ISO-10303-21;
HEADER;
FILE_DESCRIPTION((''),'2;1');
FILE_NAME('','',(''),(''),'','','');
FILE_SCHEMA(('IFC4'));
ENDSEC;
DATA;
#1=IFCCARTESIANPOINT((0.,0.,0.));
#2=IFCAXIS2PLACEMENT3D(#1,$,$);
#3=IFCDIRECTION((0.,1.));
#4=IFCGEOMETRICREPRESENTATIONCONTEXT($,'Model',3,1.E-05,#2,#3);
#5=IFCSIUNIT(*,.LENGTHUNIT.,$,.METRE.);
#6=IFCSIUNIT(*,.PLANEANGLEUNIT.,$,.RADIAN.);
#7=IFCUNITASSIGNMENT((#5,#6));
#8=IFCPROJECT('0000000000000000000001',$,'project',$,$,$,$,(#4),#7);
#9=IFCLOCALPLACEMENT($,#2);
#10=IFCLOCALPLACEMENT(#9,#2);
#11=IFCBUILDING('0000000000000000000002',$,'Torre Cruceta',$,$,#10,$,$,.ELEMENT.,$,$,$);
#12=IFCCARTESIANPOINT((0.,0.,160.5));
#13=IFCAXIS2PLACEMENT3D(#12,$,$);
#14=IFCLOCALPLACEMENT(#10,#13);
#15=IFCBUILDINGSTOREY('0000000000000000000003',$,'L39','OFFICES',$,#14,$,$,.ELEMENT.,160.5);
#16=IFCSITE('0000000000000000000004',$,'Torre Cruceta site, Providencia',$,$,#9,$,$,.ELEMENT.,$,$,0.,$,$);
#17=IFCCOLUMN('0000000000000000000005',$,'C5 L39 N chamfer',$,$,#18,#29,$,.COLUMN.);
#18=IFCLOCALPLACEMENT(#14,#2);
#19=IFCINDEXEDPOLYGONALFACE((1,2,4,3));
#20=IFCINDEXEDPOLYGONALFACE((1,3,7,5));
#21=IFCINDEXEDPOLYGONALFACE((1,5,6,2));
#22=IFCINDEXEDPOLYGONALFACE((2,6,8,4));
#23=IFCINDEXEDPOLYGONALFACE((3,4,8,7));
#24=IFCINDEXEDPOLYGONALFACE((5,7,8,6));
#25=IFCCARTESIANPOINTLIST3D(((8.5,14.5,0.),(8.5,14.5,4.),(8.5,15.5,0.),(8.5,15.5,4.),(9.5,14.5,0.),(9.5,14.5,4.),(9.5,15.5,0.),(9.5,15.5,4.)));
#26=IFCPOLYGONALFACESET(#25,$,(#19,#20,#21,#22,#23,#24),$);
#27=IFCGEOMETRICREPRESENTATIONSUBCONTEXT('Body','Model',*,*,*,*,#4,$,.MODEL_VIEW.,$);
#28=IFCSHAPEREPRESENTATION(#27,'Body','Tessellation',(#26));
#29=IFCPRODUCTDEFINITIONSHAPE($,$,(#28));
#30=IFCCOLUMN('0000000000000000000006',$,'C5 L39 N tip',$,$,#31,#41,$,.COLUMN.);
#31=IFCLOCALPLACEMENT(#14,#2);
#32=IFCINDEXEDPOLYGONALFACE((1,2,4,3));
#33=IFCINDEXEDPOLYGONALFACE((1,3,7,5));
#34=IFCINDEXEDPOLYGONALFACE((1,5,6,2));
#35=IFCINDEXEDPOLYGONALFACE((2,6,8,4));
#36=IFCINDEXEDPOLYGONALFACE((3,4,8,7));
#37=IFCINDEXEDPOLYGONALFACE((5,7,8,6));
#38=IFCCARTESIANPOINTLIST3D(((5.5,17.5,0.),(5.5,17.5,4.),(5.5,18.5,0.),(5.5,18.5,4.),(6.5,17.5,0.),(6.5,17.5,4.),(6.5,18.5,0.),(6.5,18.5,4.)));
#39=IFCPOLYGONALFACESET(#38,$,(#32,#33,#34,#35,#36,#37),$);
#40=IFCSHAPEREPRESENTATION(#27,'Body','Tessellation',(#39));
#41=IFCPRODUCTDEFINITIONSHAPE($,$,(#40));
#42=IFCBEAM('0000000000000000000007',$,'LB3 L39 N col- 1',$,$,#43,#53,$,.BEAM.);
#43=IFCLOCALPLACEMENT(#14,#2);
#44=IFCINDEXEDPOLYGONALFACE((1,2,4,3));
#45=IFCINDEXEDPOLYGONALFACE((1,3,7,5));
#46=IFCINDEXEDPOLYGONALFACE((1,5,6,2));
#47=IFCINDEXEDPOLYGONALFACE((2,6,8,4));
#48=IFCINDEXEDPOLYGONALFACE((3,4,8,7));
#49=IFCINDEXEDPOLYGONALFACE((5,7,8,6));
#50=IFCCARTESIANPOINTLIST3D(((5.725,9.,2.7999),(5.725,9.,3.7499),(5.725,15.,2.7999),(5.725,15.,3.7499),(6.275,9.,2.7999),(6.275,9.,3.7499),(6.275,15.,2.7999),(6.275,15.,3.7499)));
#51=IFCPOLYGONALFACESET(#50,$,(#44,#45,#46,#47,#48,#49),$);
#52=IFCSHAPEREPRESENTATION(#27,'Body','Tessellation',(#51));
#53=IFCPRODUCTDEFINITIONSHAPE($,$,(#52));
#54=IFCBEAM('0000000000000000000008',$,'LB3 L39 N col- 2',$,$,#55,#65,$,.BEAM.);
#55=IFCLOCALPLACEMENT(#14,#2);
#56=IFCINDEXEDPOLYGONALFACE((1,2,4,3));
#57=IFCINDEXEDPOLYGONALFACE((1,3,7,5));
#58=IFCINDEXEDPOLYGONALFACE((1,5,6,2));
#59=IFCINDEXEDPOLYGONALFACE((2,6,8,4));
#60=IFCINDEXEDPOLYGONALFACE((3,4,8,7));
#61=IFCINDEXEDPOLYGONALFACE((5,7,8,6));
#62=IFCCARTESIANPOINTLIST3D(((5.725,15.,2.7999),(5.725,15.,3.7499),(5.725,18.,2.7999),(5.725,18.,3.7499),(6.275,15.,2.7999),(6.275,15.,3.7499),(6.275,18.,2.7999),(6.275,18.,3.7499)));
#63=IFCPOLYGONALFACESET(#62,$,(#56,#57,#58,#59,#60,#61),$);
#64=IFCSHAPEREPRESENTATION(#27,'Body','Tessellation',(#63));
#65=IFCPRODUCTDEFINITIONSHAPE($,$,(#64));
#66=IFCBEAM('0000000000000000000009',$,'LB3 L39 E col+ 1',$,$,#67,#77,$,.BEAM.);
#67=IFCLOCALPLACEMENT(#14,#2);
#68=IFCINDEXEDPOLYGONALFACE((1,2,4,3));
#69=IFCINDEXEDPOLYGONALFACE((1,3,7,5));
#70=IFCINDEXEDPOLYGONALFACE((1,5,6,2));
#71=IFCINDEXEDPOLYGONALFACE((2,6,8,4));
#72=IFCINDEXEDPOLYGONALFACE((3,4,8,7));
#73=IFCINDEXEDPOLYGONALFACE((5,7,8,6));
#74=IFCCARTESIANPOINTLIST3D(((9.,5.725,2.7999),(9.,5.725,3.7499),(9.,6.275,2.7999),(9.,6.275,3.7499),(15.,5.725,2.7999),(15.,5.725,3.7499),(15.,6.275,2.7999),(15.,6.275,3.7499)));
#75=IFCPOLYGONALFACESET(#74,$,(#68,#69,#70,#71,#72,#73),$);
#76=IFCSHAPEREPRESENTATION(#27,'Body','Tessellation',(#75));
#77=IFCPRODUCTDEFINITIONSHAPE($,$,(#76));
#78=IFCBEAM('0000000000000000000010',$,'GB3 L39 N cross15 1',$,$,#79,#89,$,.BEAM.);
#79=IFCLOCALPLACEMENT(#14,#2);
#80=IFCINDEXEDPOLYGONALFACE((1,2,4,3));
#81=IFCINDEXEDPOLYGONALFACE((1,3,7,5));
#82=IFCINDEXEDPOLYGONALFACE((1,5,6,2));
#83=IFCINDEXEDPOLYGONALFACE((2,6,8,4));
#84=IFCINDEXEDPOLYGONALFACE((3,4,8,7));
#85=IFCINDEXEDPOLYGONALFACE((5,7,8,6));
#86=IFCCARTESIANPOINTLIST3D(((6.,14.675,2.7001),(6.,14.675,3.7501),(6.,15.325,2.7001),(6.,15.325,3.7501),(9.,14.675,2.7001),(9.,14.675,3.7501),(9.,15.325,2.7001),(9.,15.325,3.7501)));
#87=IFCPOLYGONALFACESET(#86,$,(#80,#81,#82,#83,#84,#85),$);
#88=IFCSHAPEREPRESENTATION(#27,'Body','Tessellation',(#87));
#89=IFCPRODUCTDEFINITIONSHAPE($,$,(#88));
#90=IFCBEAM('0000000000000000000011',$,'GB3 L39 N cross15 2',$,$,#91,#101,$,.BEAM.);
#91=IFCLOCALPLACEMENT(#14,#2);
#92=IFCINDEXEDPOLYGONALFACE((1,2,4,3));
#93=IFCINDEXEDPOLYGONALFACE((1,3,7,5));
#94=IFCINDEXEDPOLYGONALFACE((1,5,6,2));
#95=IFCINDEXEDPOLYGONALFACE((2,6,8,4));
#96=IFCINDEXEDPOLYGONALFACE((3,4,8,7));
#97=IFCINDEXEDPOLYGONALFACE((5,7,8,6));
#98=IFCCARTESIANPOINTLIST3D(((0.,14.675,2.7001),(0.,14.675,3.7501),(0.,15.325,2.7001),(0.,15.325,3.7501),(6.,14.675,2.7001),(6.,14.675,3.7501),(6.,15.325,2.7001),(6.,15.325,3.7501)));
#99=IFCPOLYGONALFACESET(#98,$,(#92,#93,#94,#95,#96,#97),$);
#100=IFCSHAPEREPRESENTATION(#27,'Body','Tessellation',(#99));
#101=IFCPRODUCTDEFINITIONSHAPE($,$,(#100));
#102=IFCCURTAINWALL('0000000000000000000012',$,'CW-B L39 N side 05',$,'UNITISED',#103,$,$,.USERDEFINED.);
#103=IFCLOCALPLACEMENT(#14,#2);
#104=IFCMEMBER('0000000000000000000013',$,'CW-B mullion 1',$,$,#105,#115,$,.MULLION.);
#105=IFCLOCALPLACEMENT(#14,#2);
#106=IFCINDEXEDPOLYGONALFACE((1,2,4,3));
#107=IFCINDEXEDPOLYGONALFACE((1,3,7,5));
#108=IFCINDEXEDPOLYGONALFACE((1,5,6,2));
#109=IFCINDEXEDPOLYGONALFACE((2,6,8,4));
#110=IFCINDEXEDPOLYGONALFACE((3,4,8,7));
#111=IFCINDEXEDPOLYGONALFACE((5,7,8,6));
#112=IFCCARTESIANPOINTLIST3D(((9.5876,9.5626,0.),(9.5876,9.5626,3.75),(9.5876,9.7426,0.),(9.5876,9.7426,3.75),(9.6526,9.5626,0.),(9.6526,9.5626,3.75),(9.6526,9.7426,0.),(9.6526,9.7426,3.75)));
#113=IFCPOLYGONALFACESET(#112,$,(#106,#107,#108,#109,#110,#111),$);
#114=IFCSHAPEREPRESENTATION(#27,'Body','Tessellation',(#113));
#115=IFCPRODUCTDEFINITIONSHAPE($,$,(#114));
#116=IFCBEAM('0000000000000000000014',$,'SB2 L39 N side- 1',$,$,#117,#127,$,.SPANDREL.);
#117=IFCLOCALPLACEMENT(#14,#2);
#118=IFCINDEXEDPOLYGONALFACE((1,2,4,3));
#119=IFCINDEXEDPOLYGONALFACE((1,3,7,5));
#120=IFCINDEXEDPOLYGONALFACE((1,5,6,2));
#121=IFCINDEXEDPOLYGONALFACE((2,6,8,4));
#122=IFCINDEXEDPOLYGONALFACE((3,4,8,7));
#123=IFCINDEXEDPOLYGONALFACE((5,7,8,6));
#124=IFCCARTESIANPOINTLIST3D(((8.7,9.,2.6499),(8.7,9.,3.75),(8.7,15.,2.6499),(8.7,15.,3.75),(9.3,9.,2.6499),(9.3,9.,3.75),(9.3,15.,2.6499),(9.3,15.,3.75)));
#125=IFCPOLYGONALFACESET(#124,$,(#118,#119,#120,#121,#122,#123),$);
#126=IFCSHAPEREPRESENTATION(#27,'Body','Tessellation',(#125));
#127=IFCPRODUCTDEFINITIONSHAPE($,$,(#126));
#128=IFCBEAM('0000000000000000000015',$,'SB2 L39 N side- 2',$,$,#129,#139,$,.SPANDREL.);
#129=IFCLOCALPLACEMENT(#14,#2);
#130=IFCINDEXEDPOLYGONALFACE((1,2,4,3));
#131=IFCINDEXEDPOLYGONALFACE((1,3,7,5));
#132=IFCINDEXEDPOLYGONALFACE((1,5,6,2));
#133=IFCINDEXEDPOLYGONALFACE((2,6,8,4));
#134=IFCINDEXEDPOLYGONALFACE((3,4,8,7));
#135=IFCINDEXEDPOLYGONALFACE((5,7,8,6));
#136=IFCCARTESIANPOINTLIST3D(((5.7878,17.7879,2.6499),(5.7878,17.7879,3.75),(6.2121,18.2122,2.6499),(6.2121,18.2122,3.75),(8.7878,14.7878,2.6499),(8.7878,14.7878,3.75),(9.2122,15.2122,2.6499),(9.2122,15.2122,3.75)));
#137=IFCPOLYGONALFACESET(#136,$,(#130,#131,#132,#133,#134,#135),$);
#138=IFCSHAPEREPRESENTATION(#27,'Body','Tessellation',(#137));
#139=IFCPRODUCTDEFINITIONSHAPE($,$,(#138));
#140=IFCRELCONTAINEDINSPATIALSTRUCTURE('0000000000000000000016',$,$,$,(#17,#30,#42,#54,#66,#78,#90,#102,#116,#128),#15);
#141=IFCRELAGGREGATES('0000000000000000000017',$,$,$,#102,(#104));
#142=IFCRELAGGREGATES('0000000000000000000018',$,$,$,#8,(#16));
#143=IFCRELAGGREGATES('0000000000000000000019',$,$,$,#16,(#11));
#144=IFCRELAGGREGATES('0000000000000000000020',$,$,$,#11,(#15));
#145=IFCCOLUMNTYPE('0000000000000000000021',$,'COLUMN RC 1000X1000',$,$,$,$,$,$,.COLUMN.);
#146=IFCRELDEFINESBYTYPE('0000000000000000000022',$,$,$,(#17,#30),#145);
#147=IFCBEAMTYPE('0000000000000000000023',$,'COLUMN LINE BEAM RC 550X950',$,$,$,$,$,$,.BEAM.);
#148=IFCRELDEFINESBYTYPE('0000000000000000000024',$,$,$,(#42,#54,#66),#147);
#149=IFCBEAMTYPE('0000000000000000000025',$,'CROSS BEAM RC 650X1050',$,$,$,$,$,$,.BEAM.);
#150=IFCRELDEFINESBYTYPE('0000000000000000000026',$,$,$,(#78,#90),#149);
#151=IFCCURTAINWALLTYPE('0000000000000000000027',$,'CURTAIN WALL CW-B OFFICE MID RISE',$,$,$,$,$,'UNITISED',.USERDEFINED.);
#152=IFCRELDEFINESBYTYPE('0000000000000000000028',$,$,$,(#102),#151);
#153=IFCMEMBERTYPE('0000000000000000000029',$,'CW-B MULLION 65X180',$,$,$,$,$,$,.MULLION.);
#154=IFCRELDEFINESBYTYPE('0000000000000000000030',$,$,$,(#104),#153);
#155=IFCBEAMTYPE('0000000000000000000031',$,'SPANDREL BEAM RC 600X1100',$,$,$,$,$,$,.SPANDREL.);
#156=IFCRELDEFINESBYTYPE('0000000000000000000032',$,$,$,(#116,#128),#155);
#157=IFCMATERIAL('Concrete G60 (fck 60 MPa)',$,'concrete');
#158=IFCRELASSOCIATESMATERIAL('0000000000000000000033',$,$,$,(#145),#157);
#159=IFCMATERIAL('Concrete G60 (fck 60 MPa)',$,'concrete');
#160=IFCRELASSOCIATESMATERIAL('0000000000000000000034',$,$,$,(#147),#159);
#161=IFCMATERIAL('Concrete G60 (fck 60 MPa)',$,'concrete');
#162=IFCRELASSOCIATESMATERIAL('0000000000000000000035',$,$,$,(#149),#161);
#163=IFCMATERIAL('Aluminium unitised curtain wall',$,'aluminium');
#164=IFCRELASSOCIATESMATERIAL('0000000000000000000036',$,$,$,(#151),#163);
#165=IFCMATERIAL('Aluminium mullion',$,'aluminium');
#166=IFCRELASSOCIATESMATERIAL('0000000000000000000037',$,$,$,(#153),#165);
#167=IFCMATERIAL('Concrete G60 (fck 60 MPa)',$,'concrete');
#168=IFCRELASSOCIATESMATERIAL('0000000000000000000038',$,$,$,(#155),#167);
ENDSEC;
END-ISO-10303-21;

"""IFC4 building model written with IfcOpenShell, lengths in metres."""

from ifc_helpers import new_model, si_unit, direction, frame, origin, origin_2d, place, context, subcontext, project, spatial, rectangle, extrude, material, material_profile, profile_set, type_object, element, aggregate, save


model = new_model("IFC4")

# Units and contexts
model_context = context("Model", 3, precision=1e-05, world=origin(), true_north=direction((0.0, 1.0)))
body_context = subcontext(model_context, "Body", "Model", "MODEL_VIEW")
ifc_project = project(units=[si_unit("LENGTHUNIT", "METRE"), si_unit("PLANEANGLEUNIT", "RADIAN")], contexts=[model_context])

# Site, building, storey
site_placement = place(None, origin())
site = spatial("IfcSite", under=ifc_project, at=site_placement, Name="Torre Cruceta site, Providencia", CompositionType="ELEMENT", RefElevation=0.0)
building_placement = place(site_placement, origin())
building = spatial("IfcBuilding", under=site, at=building_placement, Name="Torre Cruceta", CompositionType="ELEMENT")
storey_placement = place(building_placement, frame((0.0, 0.0, 160.5)))
storey = spatial("IfcBuildingStorey", under=building, at=storey_placement, Name="L39", Description="OFFICES", CompositionType="ELEMENT", Elevation=160.5)

# Columns
ifc_material_1 = material(Name="Concrete G60 (fck 60 MPa)", Category="concrete")
ifc_material_profile_1 = material_profile(ifc_material_1, rectangle(XDim=1.0, YDim=1.0, at=origin_2d()), Name="RC 1000X1000")
ifc_profile_set_1 = profile_set([ifc_material_profile_1], Name="Concrete G60 (fck 60 MPa)")
column_type = type_object("IfcColumnType", Name="COLUMN RC 1000X1000", PredefinedType="COLUMN", material=ifc_profile_set_1)
for number, where, z_axis, x_axis, name in (
    (1, (9.0, 15.0, 0.0), (0.0, 0.0, 1.0), (1.0, 0.0, 0.0), "C5 L39 N chamfer"),
    (2, (6.0, 18.0, 0.0), (0.0, 0.0, 1.0), (1.0, 0.0, 0.0), "C5 L39 N tip"),
):
    element("IfcColumn", number, at=place(storey_placement, frame(where, z_axis=z_axis, x_axis=x_axis)), inside=storey, type_object=column_type, Name=name, PredefinedType="COLUMN", context=body_context, shape_type="SweptSolid", body=[
        extrude(rectangle(XDim=1.0, YDim=1.0, at=origin_2d()), origin(), (0.0, 0.0, 1.0), 4.0),
    ])

# Beams
ifc_material_2 = material(Name="Concrete G60 (fck 60 MPa)", Category="concrete")
ifc_material_profile_2 = material_profile(ifc_material_2, rectangle(XDim=0.55, YDim=0.95, at=origin_2d()), Name="RC 550X950")
ifc_profile_set_2 = profile_set([ifc_material_profile_2], Name="Concrete G60 (fck 60 MPa)")
beam_type_1 = type_object("IfcBeamType", Name="COLUMN LINE BEAM RC 550X950", PredefinedType="BEAM", material=ifc_profile_set_2)
beam_1_placement = place(storey_placement, frame((6.0, 9.0, 3.2749), z_axis=(0.0, 1.0, 0.0), x_axis=(-1.0, 0.0, 0.0)))
element("IfcBeam", 3, at=beam_1_placement, inside=storey, type_object=beam_type_1, Name="LB3 L39 N col- 1", PredefinedType="BEAM", context=body_context, shape_type="SweptSolid", body=[
    extrude(rectangle(XDim=0.55, YDim=0.95, at=origin_2d()), origin(), (0.0, 0.0, 1.0), 6.0),
])
beam_2_placement = place(storey_placement, frame((6.0, 15.0, 3.2749), z_axis=(0.0, 1.0, 0.0), x_axis=(-1.0, 0.0, 0.0)))
element("IfcBeam", 4, at=beam_2_placement, inside=storey, type_object=beam_type_1, Name="LB3 L39 N col- 2", PredefinedType="BEAM", context=body_context, shape_type="SweptSolid", body=[
    extrude(rectangle(XDim=0.55, YDim=0.95, at=origin_2d()), origin(), (0.0, 0.0, 1.0), 3.0),
])
beam_3_placement = place(storey_placement, frame((9.0, 6.0, 3.2749), z_axis=(1.0, 0.0, 0.0), x_axis=(0.0, 1.0, 0.0)))
element("IfcBeam", 5, at=beam_3_placement, inside=storey, type_object=beam_type_1, Name="LB3 L39 E col+ 1", PredefinedType="BEAM", context=body_context, shape_type="SweptSolid", body=[
    extrude(rectangle(XDim=0.55, YDim=0.95, at=origin_2d()), origin(), (0.0, 0.0, 1.0), 6.0),
])
ifc_material_3 = material(Name="Concrete G60 (fck 60 MPa)", Category="concrete")
ifc_material_profile_3 = material_profile(ifc_material_3, rectangle(XDim=0.6499, YDim=1.05, at=origin_2d()), Name="RC 650X1050")
ifc_profile_set_3 = profile_set([ifc_material_profile_3], Name="Concrete G60 (fck 60 MPa)")
beam_type_2 = type_object("IfcBeamType", Name="CROSS BEAM RC 650X1050", PredefinedType="BEAM", material=ifc_profile_set_3)
beam_4_placement = place(storey_placement, frame((9.0, 15.0, 3.2251), z_axis=(-1.0, 0.0, 0.0), x_axis=(0.0, -1.0, 0.0)))
element("IfcBeam", 6, at=beam_4_placement, inside=storey, type_object=beam_type_2, Name="GB3 L39 N cross15 1", PredefinedType="BEAM", context=body_context, shape_type="SweptSolid", body=[
    extrude(rectangle(XDim=0.6499, YDim=1.05, at=origin_2d()), origin(), (0.0, 0.0, 1.0), 3.0),
])
beam_5_placement = place(storey_placement, frame((6.0, 15.0, 3.2251), z_axis=(-1.0, 0.0, 0.0), x_axis=(0.0, -1.0, 0.0)))
element("IfcBeam", 7, at=beam_5_placement, inside=storey, type_object=beam_type_2, Name="GB3 L39 N cross15 2", PredefinedType="BEAM", context=body_context, shape_type="SweptSolid", body=[
    extrude(rectangle(XDim=0.6499, YDim=1.05, at=origin_2d()), origin(), (0.0, 0.0, 1.0), 6.0),
])

# Curtain wall, member
ifc_material_4 = material(Name="Aluminium unitised curtain wall", Category="aluminium")
curtain_wall_type = type_object("IfcCurtainWallType", Name="CURTAIN WALL CW-B OFFICE MID RISE", ElementType="UNITISED", PredefinedType="USERDEFINED", material=ifc_material_4)
curtain_wall_placement = place(storey_placement, origin())
curtain_wall = element("IfcCurtainWall", 8, at=curtain_wall_placement, inside=storey, type_object=curtain_wall_type, Name="CW-B L39 N side 05", ObjectType="UNITISED", PredefinedType="USERDEFINED")
ifc_material_5 = material(Name="Aluminium mullion", Category="aluminium")
ifc_material_profile_4 = material_profile(ifc_material_5, rectangle(XDim=0.0649, YDim=0.1799, at=origin_2d()), Name="AL 65X180")
ifc_profile_set_4 = profile_set([ifc_material_profile_4], Name="Aluminium mullion")
member_type = type_object("IfcMemberType", Name="CW-B MULLION 65X180", PredefinedType="MULLION", material=ifc_profile_set_4)
member_placement = place(storey_placement, frame((9.6201, 9.6526, 0.0), z_axis=(0.0, 0.0, 1.0), x_axis=(-1.0, 0.0, 0.0)))
member = element("IfcMember", 9, at=member_placement, type_object=member_type, Name="CW-B mullion 1", PredefinedType="MULLION", context=body_context, shape_type="SweptSolid", body=[
    extrude(rectangle(XDim=0.0649, YDim=0.1799, at=origin_2d()), origin(), (0.0, 0.0, 1.0), 3.75),
])
aggregate(curtain_wall, [member])

# Beams
ifc_material_6 = material(Name="Concrete G60 (fck 60 MPa)", Category="concrete")
ifc_material_profile_5 = material_profile(ifc_material_6, rectangle(XDim=0.6001, YDim=1.1001, at=origin_2d()), Name="RC 600X1100")
ifc_profile_set_5 = profile_set([ifc_material_profile_5], Name="Concrete G60 (fck 60 MPa)")
beam_type_3 = type_object("IfcBeamType", Name="SPANDREL BEAM RC 600X1100", PredefinedType="SPANDREL", material=ifc_profile_set_5)
beam_6_placement = place(storey_placement, frame((9.0, 9.0, 3.2), z_axis=(0.0, 1.0, 0.0), x_axis=(-1.0, 0.0, 0.0)))
element("IfcBeam", 10, at=beam_6_placement, inside=storey, type_object=beam_type_3, Name="SB2 L39 N side- 1", PredefinedType="SPANDREL", context=body_context, shape_type="SweptSolid", body=[
    extrude(rectangle(XDim=0.6001, YDim=1.1001, at=origin_2d()), origin(), (0.0, 0.0, 1.0), 6.0),
])
beam_7_placement = place(storey_placement, frame((9.0, 15.0, 3.2), z_axis=(-0.707107, 0.707107, 0.0), x_axis=(-0.707107, -0.707107, 0.0)))
element("IfcBeam", 11, at=beam_7_placement, inside=storey, type_object=beam_type_3, Name="SB2 L39 N side- 2", PredefinedType="SPANDREL", context=body_context, shape_type="SweptSolid", body=[
    extrude(rectangle(XDim=0.6001, YDim=1.1001, at=origin_2d()), origin(), (0.0, 0.0, 1.0), 4.2427),
])

save(model, "model.ifc")
